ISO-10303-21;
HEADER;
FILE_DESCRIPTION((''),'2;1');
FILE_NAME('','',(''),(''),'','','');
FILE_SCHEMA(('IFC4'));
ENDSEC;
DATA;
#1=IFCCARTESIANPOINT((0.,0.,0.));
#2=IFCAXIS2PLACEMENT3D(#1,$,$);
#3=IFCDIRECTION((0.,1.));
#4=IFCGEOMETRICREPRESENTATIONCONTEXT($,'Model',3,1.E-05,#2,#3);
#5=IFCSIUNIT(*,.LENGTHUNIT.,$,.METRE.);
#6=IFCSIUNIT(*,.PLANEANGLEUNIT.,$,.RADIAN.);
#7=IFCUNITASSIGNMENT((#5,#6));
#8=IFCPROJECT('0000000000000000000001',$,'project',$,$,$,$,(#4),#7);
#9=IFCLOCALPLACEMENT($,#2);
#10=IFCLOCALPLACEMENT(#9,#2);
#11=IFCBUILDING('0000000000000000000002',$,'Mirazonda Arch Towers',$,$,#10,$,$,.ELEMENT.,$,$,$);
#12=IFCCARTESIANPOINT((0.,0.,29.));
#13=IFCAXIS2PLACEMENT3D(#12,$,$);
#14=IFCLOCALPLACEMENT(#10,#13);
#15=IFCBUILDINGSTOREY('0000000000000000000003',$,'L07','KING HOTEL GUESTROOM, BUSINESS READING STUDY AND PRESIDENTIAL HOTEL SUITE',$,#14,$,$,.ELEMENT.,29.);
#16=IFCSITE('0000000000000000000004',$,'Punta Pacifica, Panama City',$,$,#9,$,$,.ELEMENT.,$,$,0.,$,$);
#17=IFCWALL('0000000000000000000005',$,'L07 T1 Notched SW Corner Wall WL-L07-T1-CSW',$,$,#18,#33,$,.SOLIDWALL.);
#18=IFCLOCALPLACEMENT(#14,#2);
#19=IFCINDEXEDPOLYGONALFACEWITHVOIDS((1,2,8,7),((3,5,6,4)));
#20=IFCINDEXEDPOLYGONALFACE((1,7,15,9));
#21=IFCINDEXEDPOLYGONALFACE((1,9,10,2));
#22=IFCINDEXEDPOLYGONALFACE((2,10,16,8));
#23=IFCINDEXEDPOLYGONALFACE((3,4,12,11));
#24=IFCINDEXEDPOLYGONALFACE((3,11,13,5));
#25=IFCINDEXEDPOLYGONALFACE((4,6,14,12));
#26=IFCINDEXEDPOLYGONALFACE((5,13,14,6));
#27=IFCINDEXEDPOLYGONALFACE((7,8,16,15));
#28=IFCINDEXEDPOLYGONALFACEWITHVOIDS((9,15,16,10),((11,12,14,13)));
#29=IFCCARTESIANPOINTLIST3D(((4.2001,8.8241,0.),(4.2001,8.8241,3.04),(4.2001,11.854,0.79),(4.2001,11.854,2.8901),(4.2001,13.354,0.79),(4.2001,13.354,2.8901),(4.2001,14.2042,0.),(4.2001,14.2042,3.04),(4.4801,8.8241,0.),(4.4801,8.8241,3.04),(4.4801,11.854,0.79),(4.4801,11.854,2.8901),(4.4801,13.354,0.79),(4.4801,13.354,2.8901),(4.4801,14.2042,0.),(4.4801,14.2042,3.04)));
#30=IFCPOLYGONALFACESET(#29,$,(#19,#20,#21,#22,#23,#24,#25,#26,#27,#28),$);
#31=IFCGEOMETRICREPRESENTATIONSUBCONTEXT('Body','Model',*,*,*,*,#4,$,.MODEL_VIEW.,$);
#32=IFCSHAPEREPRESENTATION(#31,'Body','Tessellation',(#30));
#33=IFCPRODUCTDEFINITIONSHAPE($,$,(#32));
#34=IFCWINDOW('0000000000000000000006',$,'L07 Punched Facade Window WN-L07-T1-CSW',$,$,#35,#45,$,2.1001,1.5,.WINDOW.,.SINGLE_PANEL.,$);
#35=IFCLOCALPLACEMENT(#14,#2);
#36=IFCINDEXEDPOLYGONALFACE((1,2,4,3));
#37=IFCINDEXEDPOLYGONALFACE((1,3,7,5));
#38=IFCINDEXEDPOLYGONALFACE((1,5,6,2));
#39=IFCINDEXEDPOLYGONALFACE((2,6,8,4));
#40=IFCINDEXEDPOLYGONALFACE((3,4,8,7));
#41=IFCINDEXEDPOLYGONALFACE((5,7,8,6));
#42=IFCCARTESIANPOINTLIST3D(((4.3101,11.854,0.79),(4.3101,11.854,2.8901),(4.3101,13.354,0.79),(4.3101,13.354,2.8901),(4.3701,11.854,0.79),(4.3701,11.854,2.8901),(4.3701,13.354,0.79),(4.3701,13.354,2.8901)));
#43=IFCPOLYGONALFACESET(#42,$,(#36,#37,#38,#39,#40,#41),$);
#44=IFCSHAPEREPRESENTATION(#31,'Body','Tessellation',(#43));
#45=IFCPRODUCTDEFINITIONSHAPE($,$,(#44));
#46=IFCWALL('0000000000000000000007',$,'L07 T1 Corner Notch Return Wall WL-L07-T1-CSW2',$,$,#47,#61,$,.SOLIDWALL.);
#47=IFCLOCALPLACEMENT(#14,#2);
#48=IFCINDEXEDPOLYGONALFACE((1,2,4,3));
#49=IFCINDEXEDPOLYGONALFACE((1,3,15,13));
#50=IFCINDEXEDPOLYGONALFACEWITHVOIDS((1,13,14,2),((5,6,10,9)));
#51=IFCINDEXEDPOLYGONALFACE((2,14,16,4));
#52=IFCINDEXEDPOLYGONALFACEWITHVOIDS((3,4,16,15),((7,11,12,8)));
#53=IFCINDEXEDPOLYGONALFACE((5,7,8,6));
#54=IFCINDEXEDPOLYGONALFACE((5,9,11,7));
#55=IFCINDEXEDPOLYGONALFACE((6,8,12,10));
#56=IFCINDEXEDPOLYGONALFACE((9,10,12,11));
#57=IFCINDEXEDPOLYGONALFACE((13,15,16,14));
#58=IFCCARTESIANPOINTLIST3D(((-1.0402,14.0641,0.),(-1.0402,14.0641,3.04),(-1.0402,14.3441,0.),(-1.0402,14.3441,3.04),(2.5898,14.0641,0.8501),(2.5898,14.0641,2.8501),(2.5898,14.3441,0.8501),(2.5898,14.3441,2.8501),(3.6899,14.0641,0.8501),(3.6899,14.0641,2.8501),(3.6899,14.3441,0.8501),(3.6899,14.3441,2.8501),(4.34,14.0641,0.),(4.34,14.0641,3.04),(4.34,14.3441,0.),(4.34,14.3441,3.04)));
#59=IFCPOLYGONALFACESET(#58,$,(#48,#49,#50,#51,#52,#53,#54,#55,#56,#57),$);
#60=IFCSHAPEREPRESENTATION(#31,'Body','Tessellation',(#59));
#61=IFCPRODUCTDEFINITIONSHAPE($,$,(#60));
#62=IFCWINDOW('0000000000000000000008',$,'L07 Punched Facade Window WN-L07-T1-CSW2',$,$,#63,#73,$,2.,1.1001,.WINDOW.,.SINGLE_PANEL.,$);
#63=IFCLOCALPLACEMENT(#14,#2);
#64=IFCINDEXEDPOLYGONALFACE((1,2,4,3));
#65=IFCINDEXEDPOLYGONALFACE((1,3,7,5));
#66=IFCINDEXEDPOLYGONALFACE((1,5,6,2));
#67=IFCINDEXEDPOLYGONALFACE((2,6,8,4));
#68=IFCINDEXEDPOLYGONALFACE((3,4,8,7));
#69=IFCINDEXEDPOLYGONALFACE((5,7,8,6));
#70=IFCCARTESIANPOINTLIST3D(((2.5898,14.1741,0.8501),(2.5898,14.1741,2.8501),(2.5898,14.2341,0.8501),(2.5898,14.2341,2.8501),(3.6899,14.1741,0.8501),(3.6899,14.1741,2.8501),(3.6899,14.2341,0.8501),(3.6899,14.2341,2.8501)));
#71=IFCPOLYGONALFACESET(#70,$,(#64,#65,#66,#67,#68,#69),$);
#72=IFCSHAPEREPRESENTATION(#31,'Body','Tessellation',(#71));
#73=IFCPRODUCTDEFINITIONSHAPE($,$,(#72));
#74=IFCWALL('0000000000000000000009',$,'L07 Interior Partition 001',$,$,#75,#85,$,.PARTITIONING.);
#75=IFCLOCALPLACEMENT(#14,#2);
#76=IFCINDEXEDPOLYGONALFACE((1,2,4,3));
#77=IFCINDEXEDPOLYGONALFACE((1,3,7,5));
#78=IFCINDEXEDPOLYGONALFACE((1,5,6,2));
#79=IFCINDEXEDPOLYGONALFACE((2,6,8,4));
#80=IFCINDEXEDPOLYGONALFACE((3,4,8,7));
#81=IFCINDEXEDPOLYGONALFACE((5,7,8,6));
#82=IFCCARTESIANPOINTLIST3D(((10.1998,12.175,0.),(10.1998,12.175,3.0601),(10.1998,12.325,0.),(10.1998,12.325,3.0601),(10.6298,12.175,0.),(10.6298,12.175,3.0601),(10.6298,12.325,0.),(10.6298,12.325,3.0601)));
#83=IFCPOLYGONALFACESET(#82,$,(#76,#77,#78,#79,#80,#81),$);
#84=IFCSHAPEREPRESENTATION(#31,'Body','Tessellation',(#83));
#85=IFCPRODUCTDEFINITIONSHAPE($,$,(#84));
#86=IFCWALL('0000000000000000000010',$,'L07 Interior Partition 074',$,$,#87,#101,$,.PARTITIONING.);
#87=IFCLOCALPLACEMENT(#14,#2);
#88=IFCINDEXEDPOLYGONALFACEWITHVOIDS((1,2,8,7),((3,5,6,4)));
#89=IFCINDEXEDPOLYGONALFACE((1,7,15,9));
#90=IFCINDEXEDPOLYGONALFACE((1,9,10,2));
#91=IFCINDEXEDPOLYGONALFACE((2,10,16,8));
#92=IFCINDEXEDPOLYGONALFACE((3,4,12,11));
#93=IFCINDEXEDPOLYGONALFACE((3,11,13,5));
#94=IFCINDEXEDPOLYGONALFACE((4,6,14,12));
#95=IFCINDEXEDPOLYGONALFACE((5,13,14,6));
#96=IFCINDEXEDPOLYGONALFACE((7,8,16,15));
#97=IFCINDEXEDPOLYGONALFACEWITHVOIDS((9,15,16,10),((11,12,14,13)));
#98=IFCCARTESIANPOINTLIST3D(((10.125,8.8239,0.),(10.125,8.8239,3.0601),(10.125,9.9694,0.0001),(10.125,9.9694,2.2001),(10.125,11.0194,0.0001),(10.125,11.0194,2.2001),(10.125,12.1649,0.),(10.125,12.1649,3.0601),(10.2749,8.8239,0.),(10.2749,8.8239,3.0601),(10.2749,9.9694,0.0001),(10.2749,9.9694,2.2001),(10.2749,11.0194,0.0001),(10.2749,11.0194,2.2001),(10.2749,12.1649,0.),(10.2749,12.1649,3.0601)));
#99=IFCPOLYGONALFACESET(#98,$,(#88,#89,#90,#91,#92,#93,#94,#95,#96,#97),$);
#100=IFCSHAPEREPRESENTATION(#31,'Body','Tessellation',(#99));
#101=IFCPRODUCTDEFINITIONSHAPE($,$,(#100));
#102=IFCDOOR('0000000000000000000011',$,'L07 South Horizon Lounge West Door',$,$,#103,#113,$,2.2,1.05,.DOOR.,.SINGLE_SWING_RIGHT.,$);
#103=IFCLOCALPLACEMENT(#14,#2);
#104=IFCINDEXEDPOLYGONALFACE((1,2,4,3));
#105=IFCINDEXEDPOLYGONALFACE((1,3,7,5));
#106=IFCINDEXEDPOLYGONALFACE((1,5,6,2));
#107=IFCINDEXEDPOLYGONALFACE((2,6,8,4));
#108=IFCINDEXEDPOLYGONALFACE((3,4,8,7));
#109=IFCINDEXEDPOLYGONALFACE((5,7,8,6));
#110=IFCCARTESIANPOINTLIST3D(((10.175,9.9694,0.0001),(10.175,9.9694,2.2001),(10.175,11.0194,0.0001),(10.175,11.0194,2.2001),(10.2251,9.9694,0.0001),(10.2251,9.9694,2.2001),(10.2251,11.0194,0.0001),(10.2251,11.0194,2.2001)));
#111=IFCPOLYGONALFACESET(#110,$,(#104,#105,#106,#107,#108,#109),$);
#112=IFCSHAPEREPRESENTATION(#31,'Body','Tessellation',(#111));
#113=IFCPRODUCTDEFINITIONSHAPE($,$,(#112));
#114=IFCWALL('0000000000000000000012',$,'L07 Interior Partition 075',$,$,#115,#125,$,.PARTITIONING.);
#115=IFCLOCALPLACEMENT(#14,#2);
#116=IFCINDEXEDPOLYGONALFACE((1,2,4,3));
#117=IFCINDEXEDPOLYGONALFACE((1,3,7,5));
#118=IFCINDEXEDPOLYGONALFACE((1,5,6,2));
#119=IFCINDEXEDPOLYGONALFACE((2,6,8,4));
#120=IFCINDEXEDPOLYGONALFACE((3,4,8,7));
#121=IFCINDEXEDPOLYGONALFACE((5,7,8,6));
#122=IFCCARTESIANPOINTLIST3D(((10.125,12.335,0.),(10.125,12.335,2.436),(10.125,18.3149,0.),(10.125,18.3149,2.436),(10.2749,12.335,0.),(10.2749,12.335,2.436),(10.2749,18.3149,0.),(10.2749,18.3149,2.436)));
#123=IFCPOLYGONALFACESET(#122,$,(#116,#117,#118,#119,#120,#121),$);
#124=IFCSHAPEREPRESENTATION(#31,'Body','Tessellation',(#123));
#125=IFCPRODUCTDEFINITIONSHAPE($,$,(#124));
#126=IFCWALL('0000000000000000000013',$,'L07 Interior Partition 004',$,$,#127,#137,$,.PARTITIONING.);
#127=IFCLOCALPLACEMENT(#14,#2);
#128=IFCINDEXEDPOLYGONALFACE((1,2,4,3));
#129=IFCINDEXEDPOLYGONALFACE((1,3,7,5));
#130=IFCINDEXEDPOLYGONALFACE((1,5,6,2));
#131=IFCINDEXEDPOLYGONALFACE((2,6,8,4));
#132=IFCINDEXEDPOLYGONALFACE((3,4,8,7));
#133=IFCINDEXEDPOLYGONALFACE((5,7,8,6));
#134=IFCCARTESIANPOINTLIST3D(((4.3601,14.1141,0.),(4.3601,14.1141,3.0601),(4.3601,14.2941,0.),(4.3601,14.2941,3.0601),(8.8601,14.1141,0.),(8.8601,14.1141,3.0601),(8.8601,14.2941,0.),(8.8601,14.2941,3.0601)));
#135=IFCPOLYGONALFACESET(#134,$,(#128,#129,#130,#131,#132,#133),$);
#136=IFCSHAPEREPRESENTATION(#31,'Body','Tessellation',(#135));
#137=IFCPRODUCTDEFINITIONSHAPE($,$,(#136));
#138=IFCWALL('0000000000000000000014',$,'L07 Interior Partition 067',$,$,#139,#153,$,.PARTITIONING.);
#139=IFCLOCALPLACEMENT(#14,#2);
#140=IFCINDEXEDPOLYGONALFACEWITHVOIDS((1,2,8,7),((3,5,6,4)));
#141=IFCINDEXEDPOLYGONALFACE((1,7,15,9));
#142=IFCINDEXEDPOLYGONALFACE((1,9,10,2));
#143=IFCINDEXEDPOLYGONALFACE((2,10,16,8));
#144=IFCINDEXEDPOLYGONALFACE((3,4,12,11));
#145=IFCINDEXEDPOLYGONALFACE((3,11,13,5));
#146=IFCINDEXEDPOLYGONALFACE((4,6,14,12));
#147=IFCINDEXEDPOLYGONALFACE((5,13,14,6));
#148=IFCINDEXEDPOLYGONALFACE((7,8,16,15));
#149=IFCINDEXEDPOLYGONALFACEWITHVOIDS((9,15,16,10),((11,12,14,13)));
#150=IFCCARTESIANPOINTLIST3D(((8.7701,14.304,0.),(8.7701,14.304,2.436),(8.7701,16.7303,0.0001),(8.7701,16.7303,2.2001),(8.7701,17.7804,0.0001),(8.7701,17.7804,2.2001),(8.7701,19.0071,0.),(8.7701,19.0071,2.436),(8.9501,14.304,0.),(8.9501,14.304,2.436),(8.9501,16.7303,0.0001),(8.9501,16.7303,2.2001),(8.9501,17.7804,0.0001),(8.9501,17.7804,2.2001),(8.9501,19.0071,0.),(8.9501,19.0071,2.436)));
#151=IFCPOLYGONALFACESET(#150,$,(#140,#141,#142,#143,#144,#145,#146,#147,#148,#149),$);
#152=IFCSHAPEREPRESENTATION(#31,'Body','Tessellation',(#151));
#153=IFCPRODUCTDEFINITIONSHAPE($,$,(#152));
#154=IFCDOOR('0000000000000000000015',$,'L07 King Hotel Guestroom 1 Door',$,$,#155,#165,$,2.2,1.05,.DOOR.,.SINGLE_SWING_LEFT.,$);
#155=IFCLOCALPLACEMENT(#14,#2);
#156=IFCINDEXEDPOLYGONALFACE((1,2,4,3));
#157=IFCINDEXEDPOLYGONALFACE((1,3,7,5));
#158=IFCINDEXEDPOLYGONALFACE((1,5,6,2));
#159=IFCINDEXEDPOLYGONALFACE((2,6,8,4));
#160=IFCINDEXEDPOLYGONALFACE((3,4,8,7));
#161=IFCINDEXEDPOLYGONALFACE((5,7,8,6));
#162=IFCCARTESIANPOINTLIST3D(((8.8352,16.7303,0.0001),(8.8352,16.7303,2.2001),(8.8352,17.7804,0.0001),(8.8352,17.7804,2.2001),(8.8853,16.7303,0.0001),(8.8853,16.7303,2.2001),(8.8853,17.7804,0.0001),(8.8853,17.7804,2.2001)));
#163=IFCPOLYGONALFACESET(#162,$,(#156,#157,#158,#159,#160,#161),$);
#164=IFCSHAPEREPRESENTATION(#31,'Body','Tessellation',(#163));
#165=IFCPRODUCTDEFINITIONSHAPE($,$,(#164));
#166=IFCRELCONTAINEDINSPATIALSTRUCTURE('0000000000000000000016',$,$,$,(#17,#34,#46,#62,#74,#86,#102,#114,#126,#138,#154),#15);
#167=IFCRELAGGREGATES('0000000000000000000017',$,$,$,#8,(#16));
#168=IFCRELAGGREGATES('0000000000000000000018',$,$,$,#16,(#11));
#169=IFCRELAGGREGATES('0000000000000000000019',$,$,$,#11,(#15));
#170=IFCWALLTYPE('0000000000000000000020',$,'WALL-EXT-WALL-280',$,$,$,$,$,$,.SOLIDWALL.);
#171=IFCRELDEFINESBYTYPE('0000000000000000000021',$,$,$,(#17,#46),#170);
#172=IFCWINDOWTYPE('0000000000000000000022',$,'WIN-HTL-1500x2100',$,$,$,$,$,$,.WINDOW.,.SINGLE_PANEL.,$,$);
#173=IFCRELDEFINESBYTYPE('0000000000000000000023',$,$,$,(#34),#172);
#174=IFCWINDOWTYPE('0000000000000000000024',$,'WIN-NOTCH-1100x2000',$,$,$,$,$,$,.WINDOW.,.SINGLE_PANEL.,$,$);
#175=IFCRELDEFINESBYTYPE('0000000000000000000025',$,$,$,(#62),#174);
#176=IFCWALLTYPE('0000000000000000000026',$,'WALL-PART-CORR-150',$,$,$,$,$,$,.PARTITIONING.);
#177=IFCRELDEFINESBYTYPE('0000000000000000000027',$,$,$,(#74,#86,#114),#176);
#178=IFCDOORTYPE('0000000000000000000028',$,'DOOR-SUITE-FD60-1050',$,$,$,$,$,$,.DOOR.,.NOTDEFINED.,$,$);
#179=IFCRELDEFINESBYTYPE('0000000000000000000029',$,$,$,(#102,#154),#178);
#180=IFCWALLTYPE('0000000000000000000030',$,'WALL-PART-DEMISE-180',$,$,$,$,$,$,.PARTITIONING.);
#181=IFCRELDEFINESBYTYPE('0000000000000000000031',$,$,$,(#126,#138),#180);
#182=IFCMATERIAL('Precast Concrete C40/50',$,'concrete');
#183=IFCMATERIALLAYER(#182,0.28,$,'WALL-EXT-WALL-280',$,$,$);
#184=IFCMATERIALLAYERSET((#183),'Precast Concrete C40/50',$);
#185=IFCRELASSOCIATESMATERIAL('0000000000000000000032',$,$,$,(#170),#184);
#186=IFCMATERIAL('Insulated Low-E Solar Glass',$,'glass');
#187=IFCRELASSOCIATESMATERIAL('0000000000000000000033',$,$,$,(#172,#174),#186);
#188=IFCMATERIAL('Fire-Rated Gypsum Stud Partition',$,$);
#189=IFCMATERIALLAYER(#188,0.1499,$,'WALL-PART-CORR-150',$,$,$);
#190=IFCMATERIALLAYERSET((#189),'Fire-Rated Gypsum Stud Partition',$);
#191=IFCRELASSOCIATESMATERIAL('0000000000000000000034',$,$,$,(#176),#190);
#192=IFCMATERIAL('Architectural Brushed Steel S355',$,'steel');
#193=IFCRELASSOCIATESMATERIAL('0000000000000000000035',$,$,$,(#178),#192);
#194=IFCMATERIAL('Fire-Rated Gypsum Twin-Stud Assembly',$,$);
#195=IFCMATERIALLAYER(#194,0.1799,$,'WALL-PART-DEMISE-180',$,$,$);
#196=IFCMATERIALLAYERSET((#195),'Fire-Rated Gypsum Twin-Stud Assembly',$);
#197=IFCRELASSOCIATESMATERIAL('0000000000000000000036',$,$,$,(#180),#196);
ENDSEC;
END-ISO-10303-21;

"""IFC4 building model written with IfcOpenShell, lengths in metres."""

from ifc_helpers import new_model, si_unit, direction, frame, frame_2d, origin, place, context, subcontext, project, spatial, rectangle, extrude, material, layer, layer_set, type_object, element, fill, save


model = new_model("IFC4")

# Units and contexts
model_context = context("Model", 3, precision=1e-05, world=origin(), true_north=direction((0.0, 1.0)))
body_context = subcontext(model_context, "Body", "Model", "MODEL_VIEW")
ifc_project = project(units=[si_unit("LENGTHUNIT", "METRE"), si_unit("PLANEANGLEUNIT", "RADIAN")], contexts=[model_context])

# Site, building, storey
site_placement = place(None, origin())
site = spatial("IfcSite", under=ifc_project, at=site_placement, Name="Punta Pacifica, Panama City", CompositionType="ELEMENT", RefElevation=0.0)
building_placement = place(site_placement, origin())
building = spatial("IfcBuilding", under=site, at=building_placement, Name="Mirazonda Arch Towers", CompositionType="ELEMENT")
storey_placement = place(building_placement, frame((0.0, 0.0, 29.0)))
storey = spatial("IfcBuildingStorey", under=building, at=storey_placement, Name="L07", Description="KING HOTEL GUESTROOM, BUSINESS READING STUDY AND PRESIDENTIAL HOTEL SUITE", CompositionType="ELEMENT", Elevation=29.0)

# Shared definitions
ifc_material_1 = material(Name="Insulated Low-E Solar Glass", Category="glass")

# Walls, openings, windows
ifc_material_2 = material(Name="Precast Concrete C40/50", Category="concrete")
ifc_layer_1 = layer(ifc_material_2, 0.28, Name="WALL-EXT-WALL-280")
ifc_layer_set_1 = layer_set([ifc_layer_1], Name="Precast Concrete C40/50")
wall_type_1 = type_object("IfcWallType", Name="WALL-EXT-WALL-280", PredefinedType="SOLIDWALL", material=ifc_layer_set_1)
wall_1_placement = place(storey_placement, frame((4.3401, 14.2041, 0.0), z_axis=(0.0, 0.0, 1.0), x_axis=(0.0, -1.0, 0.0)))
wall_1 = element("IfcWall", 1, at=wall_1_placement, inside=storey, type_object=wall_type_1, Name="L07 T1 Notched SW Corner Wall WL-L07-T1-CSW", PredefinedType="SOLIDWALL", context=body_context, shape_type="SweptSolid", body=[
    extrude(rectangle(XDim=5.3801, YDim=0.28, at=frame_2d((2.6899, 0.0))), origin(), (0.0, 0.0, 1.0), 3.04),
])
opening_1_placement = place(wall_1_placement, frame((0.8501, 0.0, 0.79)))
opening_1 = element("IfcOpeningElement", 2, at=opening_1_placement, cuts=wall_1, PredefinedType="OPENING", context=body_context, shape_type="SweptSolid", body=[
    extrude(rectangle(XDim=1.5, YDim=2.1001, at=frame_2d((0.75, 1.05))), frame((0.0, 0.1499, 0.0), z_axis=(0.0, -1.0, 0.0), x_axis=(1.0, 0.0, 0.0)), (0.0, 0.0, 1.0), 0.3),
])
window_type_1 = type_object("IfcWindowType", Name="WIN-HTL-1500x2100", PartitioningType="SINGLE_PANEL", PredefinedType="WINDOW", material=ifc_material_1)
window_1_placement = place(opening_1_placement, origin())
window_1 = element("IfcWindow", 3, at=window_1_placement, inside=storey, type_object=window_type_1, Name="L07 Punched Facade Window WN-L07-T1-CSW", OverallHeight=2.1001, OverallWidth=1.5, PartitioningType="SINGLE_PANEL", PredefinedType="WINDOW", context=body_context, shape_type="SweptSolid", body=[
    extrude(rectangle(XDim=1.5, YDim=2.1001, at=frame_2d((0.75, 1.05))), frame((0.0, 0.03, 0.0), z_axis=(0.0, -1.0, 0.0), x_axis=(1.0, 0.0, 0.0)), (0.0, 0.0, 1.0), 0.0601),
])
fill(opening_1, window_1)
wall_2_placement = place(storey_placement, frame((-1.04, 14.2041, 0.0), z_axis=(0.0, 0.0, 1.0), x_axis=(1.0, 0.0, 0.0)))
wall_2 = element("IfcWall", 4, at=wall_2_placement, inside=storey, type_object=wall_type_1, Name="L07 T1 Corner Notch Return Wall WL-L07-T1-CSW2", PredefinedType="SOLIDWALL", context=body_context, shape_type="SweptSolid", body=[
    extrude(rectangle(XDim=5.3801, YDim=0.28, at=frame_2d((2.6899, 0.0))), origin(), (0.0, 0.0, 1.0), 3.04),
])
opening_2_placement = place(wall_2_placement, frame((3.6299, 0.0, 0.8501)))
opening_2 = element("IfcOpeningElement", 5, at=opening_2_placement, cuts=wall_2, PredefinedType="OPENING", context=body_context, shape_type="SweptSolid", body=[
    extrude(rectangle(XDim=1.1001, YDim=2.0, at=frame_2d((0.55, 1.0))), frame((0.0, 0.1499, 0.0), z_axis=(0.0, -1.0, 0.0), x_axis=(1.0, 0.0, 0.0)), (0.0, 0.0, 1.0), 0.3),
])
window_type_2 = type_object("IfcWindowType", Name="WIN-NOTCH-1100x2000", PartitioningType="SINGLE_PANEL", PredefinedType="WINDOW", material=ifc_material_1)
window_2_placement = place(opening_2_placement, origin())
window_2 = element("IfcWindow", 6, at=window_2_placement, inside=storey, type_object=window_type_2, Name="L07 Punched Facade Window WN-L07-T1-CSW2", OverallHeight=2.0, OverallWidth=1.1001, PartitioningType="SINGLE_PANEL", PredefinedType="WINDOW", context=body_context, shape_type="SweptSolid", body=[
    extrude(rectangle(XDim=1.1001, YDim=2.0, at=frame_2d((0.55, 1.0))), frame((0.0, 0.03, 0.0), z_axis=(0.0, -1.0, 0.0), x_axis=(1.0, 0.0, 0.0)), (0.0, 0.0, 1.0), 0.0601),
])
fill(opening_2, window_2)

# Wall
ifc_material_3 = material(Name="Fire-Rated Gypsum Stud Partition")
ifc_layer_2 = layer(ifc_material_3, 0.1499, Name="WALL-PART-CORR-150")
ifc_layer_set_2 = layer_set([ifc_layer_2], Name="Fire-Rated Gypsum Stud Partition")
wall_type_2 = type_object("IfcWallType", Name="WALL-PART-CORR-150", PredefinedType="PARTITIONING", material=ifc_layer_set_2)
wall_3_placement = place(storey_placement, frame((10.2, 12.25, 0.0), z_axis=(0.0, 0.0, 1.0), x_axis=(1.0, 0.0, 0.0)))
element("IfcWall", 7, at=wall_3_placement, inside=storey, type_object=wall_type_2, Name="L07 Interior Partition 001", PredefinedType="PARTITIONING", context=body_context, shape_type="SweptSolid", body=[
    extrude(rectangle(XDim=0.4299, YDim=0.1499, at=frame_2d((0.2148, 0.0))), origin(), (0.0, 0.0, 1.0), 3.0601),
])

# Wall, opening, door
wall_4_placement = place(storey_placement, frame((10.2, 8.824, 0.0), z_axis=(0.0, 0.0, 1.0), x_axis=(0.0, 1.0, 0.0)))
wall_4 = element("IfcWall", 8, at=wall_4_placement, inside=storey, type_object=wall_type_2, Name="L07 Interior Partition 074", PredefinedType="PARTITIONING", context=body_context, shape_type="SweptSolid", body=[
    extrude(rectangle(XDim=3.3411, YDim=0.1499, at=frame_2d((1.6704, 0.0))), origin(), (0.0, 0.0, 1.0), 3.0601),
])
opening_3_placement = place(wall_4_placement, frame((1.1455, 0.0, 0.0)))
opening_3 = element("IfcOpeningElement", 9, at=opening_3_placement, cuts=wall_4, PredefinedType="OPENING", context=body_context, shape_type="SweptSolid", body=[
    extrude(rectangle(XDim=1.05, YDim=2.2, at=frame_2d((0.5249, 1.1001))), frame((0.0, 0.085, 0.0), z_axis=(0.0, -1.0, 0.0), x_axis=(1.0, 0.0, 0.0)), (0.0, 0.0, 1.0), 0.1699),
])
ifc_material_4 = material(Name="Architectural Brushed Steel S355", Category="steel")
door_type_1 = type_object("IfcDoorType", Name="DOOR-SUITE-FD60-1050", OperationType="NOTDEFINED", PredefinedType="DOOR", material=ifc_material_4)
door_1_placement = place(opening_3_placement, origin())
door_1 = element("IfcDoor", 10, at=door_1_placement, inside=storey, type_object=door_type_1, Name="L07 South Horizon Lounge West Door", OperationType="SINGLE_SWING_RIGHT", OverallHeight=2.2, OverallWidth=1.05, PredefinedType="DOOR", context=body_context, shape_type="SweptSolid", body=[
    extrude(rectangle(XDim=1.05, YDim=2.2, at=frame_2d((0.5249, 1.1001))), frame((0.0, 0.0249, 0.0), z_axis=(0.0, -1.0, 0.0), x_axis=(1.0, 0.0, 0.0)), (0.0, 0.0, 1.0), 0.05),
])
fill(opening_3, door_1)

# Walls
wall_5_placement = place(storey_placement, frame((10.2, 12.335, 0.0), z_axis=(0.0, 0.0, 1.0), x_axis=(0.0, 1.0, 0.0)))
element("IfcWall", 11, at=wall_5_placement, inside=storey, type_object=wall_type_2, Name="L07 Interior Partition 075", PredefinedType="PARTITIONING", context=body_context, shape_type="SweptSolid", body=[
    extrude(rectangle(XDim=5.98, YDim=0.1499, at=frame_2d((2.99, 0.0))), origin(), (0.0, 0.0, 1.0), 2.436),
])
ifc_material_5 = material(Name="Fire-Rated Gypsum Twin-Stud Assembly")
ifc_layer_3 = layer(ifc_material_5, 0.1799, Name="WALL-PART-DEMISE-180")
ifc_layer_set_3 = layer_set([ifc_layer_3], Name="Fire-Rated Gypsum Twin-Stud Assembly")
wall_type_3 = type_object("IfcWallType", Name="WALL-PART-DEMISE-180", PredefinedType="PARTITIONING", material=ifc_layer_set_3)
wall_6_placement = place(storey_placement, frame((4.3601, 14.2041, 0.0), z_axis=(0.0, 0.0, 1.0), x_axis=(1.0, 0.0, 0.0)))
element("IfcWall", 12, at=wall_6_placement, inside=storey, type_object=wall_type_3, Name="L07 Interior Partition 004", PredefinedType="PARTITIONING", context=body_context, shape_type="SweptSolid", body=[
    extrude(rectangle(XDim=4.5, YDim=0.1799, at=frame_2d((2.25, 0.0))), origin(), (0.0, 0.0, 1.0), 3.0601),
])

# Wall, opening, door
wall_7_placement = place(storey_placement, frame((8.8601, 14.304, 0.0), z_axis=(0.0, 0.0, 1.0), x_axis=(0.0, 1.0, 0.0)))
wall_7 = element("IfcWall", 13, at=wall_7_placement, inside=storey, type_object=wall_type_3, Name="L07 Interior Partition 067", PredefinedType="PARTITIONING", context=body_context, shape_type="SweptSolid", body=[
    extrude(rectangle(XDim=4.7031, YDim=0.1799, at=frame_2d((2.3516, 0.0))), origin(), (0.0, 0.0, 1.0), 2.436),
])
opening_4_placement = place(wall_7_placement, frame((2.4265, 0.0, 0.0)))
opening_4 = element("IfcOpeningElement", 14, at=opening_4_placement, cuts=wall_7, PredefinedType="OPENING", context=body_context, shape_type="SweptSolid", body=[
    extrude(rectangle(XDim=1.05, YDim=2.2, at=frame_2d((0.5249, 1.1001))), frame((0.0, 0.0999, 0.0), z_axis=(0.0, -1.0, 0.0), x_axis=(1.0, 0.0, 0.0)), (0.0, 0.0, 1.0), 0.2),
])
door_2_placement = place(opening_4_placement, origin())
door_2 = element("IfcDoor", 15, at=door_2_placement, inside=storey, type_object=door_type_1, Name="L07 King Hotel Guestroom 1 Door", OperationType="SINGLE_SWING_LEFT", OverallHeight=2.2, OverallWidth=1.05, PredefinedType="DOOR", context=body_context, shape_type="SweptSolid", body=[
    extrude(rectangle(XDim=1.05, YDim=2.2, at=frame_2d((0.5249, 1.1001))), frame((0.0, 0.0249, 0.0), z_axis=(0.0, -1.0, 0.0), x_axis=(1.0, 0.0, 0.0)), (0.0, 0.0, 1.0), 0.05),
])
fill(opening_4, door_2)

save(model, "model.ifc")
